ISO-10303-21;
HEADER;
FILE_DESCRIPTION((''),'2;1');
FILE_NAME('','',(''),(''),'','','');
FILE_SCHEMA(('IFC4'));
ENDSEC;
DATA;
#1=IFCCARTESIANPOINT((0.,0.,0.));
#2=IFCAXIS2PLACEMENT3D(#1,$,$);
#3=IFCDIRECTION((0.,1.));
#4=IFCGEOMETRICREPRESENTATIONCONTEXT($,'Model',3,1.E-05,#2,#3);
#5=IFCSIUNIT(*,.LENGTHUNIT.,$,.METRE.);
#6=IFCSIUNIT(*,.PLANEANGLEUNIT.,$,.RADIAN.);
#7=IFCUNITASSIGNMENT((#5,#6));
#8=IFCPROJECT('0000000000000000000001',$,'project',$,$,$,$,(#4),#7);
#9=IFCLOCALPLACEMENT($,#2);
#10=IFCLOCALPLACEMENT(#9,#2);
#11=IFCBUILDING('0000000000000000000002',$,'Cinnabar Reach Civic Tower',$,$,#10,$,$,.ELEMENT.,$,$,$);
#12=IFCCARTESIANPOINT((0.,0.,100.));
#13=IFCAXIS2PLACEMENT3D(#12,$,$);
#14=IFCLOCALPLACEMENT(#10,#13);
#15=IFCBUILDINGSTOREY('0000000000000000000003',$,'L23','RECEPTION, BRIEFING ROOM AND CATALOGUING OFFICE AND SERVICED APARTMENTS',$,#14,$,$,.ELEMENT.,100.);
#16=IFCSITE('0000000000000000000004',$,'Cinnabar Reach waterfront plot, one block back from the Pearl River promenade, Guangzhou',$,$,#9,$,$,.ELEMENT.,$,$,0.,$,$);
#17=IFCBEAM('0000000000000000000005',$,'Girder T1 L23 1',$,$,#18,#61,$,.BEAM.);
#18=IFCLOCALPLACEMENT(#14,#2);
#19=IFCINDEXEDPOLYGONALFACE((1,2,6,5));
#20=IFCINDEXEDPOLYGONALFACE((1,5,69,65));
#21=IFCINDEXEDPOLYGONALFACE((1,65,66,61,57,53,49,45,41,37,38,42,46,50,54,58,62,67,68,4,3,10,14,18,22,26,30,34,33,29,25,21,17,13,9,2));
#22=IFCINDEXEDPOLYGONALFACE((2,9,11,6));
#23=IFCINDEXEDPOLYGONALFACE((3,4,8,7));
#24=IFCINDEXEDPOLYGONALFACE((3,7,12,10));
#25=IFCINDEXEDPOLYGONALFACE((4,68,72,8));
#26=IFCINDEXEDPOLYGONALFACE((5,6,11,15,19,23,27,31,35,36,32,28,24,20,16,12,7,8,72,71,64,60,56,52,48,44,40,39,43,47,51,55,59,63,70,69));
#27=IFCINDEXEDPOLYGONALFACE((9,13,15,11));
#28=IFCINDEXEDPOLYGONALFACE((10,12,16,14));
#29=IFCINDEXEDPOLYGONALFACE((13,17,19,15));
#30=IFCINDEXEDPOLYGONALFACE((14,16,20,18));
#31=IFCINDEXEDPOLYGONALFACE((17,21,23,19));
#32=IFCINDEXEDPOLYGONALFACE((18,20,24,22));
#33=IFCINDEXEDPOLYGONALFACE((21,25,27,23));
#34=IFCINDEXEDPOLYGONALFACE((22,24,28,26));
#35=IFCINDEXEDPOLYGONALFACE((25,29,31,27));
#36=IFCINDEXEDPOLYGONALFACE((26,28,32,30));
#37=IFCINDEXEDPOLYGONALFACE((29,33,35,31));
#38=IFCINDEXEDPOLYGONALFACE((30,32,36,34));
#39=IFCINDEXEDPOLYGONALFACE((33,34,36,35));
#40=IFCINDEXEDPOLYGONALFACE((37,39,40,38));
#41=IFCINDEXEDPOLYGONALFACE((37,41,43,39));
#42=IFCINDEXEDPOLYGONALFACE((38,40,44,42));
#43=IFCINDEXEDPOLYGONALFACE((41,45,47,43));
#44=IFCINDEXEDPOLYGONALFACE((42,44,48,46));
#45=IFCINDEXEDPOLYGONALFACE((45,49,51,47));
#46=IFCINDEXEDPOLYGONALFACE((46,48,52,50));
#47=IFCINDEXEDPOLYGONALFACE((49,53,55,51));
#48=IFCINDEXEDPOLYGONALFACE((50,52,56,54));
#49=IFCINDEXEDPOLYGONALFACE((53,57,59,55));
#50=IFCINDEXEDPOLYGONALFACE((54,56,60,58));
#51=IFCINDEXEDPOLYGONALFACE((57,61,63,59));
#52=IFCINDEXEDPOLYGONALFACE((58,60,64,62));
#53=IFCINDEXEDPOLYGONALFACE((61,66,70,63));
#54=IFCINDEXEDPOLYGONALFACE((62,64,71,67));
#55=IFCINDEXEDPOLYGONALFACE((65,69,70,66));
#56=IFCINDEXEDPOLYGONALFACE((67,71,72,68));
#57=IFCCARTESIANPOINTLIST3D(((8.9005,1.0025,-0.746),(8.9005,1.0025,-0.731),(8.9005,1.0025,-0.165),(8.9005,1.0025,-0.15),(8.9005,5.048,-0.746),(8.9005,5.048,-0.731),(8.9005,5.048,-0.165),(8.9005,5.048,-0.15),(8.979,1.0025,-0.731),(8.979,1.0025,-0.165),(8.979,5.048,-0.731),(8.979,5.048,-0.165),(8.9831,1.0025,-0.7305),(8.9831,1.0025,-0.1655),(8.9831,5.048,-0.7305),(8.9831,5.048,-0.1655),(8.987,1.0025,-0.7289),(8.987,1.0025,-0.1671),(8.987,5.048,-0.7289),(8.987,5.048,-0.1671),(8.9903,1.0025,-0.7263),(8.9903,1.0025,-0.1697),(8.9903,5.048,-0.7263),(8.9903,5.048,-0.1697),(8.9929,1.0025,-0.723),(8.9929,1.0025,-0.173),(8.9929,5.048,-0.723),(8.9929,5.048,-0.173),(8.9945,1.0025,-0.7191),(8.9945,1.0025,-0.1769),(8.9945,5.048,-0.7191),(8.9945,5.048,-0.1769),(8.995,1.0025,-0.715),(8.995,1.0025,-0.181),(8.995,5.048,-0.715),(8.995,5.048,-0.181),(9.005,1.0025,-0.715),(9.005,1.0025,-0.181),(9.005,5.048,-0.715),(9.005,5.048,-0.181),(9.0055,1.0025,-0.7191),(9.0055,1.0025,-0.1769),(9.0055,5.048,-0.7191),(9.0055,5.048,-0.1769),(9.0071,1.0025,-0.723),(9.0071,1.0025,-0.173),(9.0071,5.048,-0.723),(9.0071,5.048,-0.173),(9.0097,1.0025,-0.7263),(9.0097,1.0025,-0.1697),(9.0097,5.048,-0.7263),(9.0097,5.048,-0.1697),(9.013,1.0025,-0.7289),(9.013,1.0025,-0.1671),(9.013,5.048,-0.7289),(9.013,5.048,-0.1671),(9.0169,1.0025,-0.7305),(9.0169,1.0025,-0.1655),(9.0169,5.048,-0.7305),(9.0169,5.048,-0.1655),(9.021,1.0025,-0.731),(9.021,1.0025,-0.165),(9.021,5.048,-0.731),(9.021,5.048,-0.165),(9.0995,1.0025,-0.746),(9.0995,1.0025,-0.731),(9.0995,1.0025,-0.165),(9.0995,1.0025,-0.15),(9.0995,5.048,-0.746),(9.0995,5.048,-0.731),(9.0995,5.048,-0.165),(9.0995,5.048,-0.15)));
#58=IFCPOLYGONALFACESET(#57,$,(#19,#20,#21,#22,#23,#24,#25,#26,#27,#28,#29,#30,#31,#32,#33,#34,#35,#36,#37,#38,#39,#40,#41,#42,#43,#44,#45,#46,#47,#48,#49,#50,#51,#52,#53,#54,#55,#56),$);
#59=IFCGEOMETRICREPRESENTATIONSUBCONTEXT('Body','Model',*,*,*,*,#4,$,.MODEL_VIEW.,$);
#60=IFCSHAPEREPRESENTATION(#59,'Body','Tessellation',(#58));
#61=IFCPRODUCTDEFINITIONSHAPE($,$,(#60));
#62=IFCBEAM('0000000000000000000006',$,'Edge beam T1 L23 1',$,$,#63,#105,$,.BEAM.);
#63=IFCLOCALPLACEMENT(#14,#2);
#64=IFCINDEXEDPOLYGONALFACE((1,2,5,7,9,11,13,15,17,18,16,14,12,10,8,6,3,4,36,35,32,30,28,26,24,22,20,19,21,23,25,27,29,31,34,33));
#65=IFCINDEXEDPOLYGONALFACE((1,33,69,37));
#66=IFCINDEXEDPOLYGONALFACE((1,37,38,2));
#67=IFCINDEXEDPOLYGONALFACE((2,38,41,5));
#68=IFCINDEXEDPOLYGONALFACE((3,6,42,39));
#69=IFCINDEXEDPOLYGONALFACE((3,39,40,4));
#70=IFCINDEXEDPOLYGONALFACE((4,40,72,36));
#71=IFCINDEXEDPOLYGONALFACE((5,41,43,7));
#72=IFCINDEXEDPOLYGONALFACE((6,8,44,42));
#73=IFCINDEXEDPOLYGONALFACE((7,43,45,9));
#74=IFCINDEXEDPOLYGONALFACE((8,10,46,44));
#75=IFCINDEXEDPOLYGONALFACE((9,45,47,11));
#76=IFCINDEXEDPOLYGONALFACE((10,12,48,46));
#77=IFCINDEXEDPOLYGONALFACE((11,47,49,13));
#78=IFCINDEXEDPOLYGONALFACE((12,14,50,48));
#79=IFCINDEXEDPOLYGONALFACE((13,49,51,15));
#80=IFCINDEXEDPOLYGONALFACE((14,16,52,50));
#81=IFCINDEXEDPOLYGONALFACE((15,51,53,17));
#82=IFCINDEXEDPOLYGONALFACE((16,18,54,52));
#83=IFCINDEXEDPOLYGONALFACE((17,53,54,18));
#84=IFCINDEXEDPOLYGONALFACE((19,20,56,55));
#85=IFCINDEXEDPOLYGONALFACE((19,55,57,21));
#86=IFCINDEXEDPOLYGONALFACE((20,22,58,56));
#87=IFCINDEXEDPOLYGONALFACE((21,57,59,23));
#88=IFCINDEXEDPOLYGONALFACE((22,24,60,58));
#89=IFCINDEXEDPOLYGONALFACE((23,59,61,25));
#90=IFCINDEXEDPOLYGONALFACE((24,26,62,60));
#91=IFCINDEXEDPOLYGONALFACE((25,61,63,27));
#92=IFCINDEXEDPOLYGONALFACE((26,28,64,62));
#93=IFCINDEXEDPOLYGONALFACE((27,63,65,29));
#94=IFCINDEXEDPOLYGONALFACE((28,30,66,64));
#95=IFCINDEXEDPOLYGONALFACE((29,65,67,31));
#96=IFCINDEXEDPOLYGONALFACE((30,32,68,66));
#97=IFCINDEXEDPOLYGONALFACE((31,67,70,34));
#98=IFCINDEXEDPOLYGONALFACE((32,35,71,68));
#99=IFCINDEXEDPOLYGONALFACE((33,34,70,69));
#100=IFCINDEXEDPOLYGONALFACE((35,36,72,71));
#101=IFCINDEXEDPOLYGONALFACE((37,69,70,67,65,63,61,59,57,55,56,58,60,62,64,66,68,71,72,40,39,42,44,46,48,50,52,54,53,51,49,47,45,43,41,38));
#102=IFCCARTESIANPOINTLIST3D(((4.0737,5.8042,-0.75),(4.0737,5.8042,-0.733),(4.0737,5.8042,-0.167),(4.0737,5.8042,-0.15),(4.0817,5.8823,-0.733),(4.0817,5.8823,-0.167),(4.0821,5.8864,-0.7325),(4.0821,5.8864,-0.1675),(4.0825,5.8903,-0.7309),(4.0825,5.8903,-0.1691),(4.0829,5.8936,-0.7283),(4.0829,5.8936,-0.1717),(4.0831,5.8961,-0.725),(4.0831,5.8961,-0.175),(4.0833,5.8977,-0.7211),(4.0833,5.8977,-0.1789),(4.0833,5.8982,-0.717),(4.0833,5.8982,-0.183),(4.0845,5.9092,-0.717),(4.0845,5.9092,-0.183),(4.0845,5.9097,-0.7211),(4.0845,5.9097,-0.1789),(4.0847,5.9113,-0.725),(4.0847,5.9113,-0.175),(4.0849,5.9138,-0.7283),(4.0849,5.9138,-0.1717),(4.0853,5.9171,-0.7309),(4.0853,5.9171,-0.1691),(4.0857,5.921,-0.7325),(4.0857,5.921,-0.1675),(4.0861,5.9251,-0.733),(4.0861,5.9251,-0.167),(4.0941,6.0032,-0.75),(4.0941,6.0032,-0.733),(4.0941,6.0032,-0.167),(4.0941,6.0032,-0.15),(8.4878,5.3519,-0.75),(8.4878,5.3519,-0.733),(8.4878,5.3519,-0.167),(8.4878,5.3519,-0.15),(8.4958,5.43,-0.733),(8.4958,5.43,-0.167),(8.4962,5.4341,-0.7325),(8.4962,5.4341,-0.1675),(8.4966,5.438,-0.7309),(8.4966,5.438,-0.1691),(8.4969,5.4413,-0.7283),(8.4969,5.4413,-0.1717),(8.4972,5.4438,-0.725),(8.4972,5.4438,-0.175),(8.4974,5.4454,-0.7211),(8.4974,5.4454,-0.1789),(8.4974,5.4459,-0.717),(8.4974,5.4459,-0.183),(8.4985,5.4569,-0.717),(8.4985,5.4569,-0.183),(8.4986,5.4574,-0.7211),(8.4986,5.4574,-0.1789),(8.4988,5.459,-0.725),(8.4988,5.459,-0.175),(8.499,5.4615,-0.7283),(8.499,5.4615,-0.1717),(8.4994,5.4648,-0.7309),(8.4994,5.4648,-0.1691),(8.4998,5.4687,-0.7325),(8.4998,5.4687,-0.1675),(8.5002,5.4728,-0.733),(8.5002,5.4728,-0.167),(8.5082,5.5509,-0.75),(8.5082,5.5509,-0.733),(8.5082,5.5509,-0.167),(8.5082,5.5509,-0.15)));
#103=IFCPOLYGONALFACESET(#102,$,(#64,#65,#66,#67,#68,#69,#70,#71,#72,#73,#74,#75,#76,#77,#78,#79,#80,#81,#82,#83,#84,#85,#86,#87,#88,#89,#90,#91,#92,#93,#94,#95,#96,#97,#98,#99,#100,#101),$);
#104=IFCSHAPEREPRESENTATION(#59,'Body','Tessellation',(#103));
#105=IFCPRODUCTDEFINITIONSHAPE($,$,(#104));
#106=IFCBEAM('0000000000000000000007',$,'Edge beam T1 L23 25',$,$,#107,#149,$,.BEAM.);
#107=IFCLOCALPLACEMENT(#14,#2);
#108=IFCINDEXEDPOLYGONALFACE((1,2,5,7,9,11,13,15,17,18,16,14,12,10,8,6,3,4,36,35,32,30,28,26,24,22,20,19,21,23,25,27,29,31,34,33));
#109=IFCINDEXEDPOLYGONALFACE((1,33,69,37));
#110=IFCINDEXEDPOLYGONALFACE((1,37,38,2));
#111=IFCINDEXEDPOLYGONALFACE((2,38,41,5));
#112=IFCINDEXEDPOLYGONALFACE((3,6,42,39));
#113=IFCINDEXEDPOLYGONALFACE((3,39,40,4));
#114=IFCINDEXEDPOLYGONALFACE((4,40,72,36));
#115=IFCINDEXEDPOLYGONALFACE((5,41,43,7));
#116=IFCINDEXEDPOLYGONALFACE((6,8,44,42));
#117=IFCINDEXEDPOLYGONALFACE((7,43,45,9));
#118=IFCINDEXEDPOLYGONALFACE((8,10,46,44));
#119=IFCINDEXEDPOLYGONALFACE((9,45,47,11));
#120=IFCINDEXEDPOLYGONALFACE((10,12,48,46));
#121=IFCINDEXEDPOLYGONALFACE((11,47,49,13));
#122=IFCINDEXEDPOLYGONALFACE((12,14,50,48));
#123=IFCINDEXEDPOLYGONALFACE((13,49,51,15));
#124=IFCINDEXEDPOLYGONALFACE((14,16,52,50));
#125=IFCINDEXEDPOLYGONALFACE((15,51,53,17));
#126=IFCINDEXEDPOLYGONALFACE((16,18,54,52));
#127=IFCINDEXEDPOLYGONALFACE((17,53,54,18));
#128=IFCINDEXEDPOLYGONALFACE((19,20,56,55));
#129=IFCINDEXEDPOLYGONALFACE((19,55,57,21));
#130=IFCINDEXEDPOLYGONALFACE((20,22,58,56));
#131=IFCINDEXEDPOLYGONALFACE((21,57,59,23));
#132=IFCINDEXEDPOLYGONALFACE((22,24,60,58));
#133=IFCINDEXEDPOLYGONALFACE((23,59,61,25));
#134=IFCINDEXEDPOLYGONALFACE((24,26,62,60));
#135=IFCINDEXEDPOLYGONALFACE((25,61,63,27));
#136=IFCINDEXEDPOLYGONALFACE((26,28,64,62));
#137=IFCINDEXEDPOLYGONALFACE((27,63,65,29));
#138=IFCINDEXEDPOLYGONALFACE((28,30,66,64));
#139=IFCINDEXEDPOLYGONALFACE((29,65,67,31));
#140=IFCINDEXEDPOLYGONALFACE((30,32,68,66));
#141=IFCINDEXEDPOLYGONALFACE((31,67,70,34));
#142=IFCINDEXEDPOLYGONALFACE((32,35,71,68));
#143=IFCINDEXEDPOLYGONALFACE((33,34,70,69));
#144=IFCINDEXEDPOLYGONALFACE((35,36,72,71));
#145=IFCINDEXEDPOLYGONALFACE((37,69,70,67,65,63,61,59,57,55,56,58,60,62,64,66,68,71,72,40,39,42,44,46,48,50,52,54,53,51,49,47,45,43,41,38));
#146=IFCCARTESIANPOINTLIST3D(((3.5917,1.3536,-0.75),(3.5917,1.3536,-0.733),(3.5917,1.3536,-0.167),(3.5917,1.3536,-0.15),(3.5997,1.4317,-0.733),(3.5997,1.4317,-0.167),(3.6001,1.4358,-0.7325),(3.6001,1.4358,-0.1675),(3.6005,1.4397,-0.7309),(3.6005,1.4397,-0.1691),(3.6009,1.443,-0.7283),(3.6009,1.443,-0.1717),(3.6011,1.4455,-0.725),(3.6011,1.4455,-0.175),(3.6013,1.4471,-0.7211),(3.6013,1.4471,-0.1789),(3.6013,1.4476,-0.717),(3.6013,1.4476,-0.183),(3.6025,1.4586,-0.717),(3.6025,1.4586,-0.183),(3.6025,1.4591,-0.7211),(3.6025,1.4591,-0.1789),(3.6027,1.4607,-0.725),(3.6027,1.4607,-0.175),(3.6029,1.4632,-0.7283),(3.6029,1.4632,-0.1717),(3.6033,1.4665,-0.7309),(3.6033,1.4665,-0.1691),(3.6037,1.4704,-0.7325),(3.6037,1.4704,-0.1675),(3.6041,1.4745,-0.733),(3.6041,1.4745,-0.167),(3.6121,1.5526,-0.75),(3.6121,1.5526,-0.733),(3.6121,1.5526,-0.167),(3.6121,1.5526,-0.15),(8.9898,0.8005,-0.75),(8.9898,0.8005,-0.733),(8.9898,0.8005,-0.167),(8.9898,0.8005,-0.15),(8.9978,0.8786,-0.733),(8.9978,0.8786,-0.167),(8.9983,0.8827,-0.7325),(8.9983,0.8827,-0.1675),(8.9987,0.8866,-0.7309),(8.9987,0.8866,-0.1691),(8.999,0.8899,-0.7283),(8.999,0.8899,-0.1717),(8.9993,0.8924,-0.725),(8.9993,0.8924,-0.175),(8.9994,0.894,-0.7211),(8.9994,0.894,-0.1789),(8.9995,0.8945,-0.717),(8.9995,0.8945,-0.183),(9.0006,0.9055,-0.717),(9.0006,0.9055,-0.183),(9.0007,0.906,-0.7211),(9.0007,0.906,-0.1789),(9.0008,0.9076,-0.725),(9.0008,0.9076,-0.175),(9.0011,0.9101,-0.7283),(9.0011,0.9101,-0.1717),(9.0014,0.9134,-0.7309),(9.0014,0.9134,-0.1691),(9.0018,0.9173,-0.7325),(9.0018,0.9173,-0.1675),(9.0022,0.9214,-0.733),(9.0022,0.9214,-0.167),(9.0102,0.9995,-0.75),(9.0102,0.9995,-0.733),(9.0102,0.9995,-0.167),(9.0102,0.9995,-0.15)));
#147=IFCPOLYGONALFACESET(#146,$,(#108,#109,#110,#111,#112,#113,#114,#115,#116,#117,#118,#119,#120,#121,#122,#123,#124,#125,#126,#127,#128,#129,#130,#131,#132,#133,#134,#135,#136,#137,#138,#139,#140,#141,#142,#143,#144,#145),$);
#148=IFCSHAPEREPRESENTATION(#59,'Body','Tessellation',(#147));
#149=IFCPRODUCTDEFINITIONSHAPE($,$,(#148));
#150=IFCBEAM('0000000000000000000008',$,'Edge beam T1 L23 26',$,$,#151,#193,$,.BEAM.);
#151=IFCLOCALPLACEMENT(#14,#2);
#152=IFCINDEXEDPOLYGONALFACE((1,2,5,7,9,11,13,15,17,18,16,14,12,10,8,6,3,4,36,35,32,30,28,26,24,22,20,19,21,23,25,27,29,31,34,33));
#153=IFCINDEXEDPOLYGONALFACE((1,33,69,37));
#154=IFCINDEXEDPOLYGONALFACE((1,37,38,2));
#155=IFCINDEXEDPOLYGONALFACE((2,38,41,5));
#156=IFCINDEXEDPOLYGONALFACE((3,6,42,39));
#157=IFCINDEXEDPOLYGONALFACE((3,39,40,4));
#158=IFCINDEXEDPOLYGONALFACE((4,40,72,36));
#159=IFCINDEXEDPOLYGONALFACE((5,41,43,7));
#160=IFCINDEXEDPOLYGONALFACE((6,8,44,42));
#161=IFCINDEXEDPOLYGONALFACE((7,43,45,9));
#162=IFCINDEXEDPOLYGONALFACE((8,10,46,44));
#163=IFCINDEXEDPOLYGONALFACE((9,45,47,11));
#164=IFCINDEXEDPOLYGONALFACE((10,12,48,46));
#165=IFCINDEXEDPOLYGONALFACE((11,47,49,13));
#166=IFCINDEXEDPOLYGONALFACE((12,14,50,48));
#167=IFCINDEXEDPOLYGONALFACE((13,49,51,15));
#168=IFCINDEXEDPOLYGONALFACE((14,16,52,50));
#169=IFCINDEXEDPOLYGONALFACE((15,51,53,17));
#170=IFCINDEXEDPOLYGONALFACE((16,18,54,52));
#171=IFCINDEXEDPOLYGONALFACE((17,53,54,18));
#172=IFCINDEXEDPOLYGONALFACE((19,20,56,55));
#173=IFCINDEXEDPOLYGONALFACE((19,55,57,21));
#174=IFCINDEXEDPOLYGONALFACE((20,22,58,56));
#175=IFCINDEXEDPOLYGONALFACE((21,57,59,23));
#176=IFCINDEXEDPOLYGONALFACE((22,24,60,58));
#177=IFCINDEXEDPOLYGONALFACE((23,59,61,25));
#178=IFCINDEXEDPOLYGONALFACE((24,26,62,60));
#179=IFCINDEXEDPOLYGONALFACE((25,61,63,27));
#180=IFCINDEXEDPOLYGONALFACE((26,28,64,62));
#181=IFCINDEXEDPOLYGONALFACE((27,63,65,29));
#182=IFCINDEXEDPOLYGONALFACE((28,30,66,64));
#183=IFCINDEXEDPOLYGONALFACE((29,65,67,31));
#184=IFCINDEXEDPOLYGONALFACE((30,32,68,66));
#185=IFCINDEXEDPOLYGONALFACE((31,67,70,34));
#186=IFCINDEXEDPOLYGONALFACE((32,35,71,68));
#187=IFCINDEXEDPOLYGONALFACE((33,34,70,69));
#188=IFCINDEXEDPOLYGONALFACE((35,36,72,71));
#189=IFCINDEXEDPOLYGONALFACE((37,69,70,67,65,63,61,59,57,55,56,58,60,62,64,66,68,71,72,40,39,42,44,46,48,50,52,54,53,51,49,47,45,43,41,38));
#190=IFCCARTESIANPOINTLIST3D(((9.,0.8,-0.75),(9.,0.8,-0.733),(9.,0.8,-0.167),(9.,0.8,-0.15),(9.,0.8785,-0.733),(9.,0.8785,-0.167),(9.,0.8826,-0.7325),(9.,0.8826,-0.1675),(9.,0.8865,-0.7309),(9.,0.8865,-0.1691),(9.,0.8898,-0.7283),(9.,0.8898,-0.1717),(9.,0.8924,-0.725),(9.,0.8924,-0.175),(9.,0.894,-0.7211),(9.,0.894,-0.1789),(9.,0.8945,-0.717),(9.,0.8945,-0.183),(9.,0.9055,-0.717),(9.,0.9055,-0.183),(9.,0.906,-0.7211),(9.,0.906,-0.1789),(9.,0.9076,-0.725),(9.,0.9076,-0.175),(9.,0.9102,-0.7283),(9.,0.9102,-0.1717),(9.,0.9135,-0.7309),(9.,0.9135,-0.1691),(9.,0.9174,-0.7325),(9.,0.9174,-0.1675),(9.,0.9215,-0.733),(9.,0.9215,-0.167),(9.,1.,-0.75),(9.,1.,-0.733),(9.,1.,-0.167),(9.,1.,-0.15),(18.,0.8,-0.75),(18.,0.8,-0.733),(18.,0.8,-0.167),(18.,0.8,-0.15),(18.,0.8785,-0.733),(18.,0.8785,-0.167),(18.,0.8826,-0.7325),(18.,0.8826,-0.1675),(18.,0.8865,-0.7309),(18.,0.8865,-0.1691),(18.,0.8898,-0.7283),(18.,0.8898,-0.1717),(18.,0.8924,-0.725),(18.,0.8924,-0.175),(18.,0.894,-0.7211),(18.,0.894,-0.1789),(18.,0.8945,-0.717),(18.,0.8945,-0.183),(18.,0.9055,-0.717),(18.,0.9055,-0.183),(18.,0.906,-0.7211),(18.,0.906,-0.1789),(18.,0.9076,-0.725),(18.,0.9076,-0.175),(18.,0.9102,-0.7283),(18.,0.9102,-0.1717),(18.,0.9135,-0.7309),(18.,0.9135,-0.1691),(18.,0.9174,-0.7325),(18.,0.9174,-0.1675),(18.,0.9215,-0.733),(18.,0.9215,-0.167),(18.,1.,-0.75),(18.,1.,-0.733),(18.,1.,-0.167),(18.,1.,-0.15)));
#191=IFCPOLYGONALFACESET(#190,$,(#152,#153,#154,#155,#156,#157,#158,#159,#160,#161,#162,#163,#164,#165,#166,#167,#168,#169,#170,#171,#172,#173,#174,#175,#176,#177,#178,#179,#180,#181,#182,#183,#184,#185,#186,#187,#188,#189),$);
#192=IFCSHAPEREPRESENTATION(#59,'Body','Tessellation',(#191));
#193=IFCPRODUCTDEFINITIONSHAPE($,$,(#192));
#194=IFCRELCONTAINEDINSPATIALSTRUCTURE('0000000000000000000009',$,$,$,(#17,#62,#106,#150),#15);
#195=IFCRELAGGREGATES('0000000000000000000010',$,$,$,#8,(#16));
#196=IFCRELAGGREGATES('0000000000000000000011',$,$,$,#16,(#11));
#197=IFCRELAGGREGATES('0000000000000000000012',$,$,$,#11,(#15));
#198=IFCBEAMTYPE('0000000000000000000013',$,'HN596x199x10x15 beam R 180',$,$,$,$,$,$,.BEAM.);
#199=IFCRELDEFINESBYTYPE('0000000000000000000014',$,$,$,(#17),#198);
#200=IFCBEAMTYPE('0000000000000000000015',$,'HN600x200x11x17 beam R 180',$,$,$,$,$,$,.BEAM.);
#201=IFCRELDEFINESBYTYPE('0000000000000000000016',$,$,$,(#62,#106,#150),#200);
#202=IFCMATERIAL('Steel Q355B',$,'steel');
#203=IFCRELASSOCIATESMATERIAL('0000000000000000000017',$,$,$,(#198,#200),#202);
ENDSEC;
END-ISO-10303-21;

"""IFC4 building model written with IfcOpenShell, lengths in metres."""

from ifc_helpers import new_model, si_unit, direction, frame, origin, origin_2d, place, context, subcontext, project, spatial, i_section, extrude, material, material_profile, profile_set, type_object, element, save


model = new_model("IFC4")

# Units and contexts
model_context = context("Model", 3, precision=1e-05, world=origin(), true_north=direction((0.0, 1.0)))
body_context = subcontext(model_context, "Body", "Model", "MODEL_VIEW")
ifc_project = project(units=[si_unit("LENGTHUNIT", "METRE"), si_unit("PLANEANGLEUNIT", "RADIAN")], contexts=[model_context])

# Site, building, storey
site_placement = place(None, origin())
site = spatial("IfcSite", under=ifc_project, at=site_placement, Name="Cinnabar Reach waterfront plot, one block back from the Pearl River promenade, Guangzhou", CompositionType="ELEMENT", RefElevation=0.0)
building_placement = place(site_placement, origin())
building = spatial("IfcBuilding", under=site, at=building_placement, Name="Cinnabar Reach Civic Tower", CompositionType="ELEMENT")
storey_placement = place(building_placement, frame((0.0, 0.0, 100.0)))
storey = spatial("IfcBuildingStorey", under=building, at=storey_placement, Name="L23", Description="RECEPTION, BRIEFING ROOM AND CATALOGUING OFFICE AND SERVICED APARTMENTS", CompositionType="ELEMENT", Elevation=100.0)

# Beams
ifc_material_1 = material(Name="Steel Q355B", Category="steel")
ifc_material_profile_1 = material_profile(ifc_material_1, i_section(OverallWidth=0.199, OverallDepth=0.596, WebThickness=0.01, FlangeThickness=0.015, FilletRadius=0.016, at=origin_2d()), Name="HN596x199x10x15")
ifc_profile_set_1 = profile_set([ifc_material_profile_1], Name="Steel Q355B")
beam_type_1 = type_object("IfcBeamType", Name="HN596x199x10x15 beam R 180", PredefinedType="BEAM", material=ifc_profile_set_1)
beam_1_placement = place(storey_placement, frame((9.0, 1.0025, -0.448), z_axis=(0.0, 1.0, 0.0), x_axis=(-1.0, 0.0, 0.0)))
element("IfcBeam", 1, at=beam_1_placement, inside=storey, type_object=beam_type_1, Name="Girder T1 L23 1", PredefinedType="BEAM", context=body_context, shape_type="SweptSolid", body=[
    extrude(i_section(OverallWidth=0.199, OverallDepth=0.596, WebThickness=0.01, FlangeThickness=0.015, FilletRadius=0.016, at=origin_2d()), origin(), (0.0, 0.0, 1.0), 4.0455),
])
ifc_material_profile_2 = material_profile(ifc_material_1, i_section(OverallWidth=0.2, OverallDepth=0.6, WebThickness=0.011, FlangeThickness=0.017, FilletRadius=0.016, at=origin_2d()), Name="HN600x200x11x17")
ifc_profile_set_2 = profile_set([ifc_material_profile_2], Name="Steel Q355B")
beam_type_2 = type_object("IfcBeamType", Name="HN600x200x11x17 beam R 180", PredefinedType="BEAM", material=ifc_profile_set_2)
beam_2_placement = place(storey_placement, frame((4.0839, 5.9037, -0.45), z_axis=(0.994791, -0.101933, 0.0), x_axis=(0.101933, 0.994791, 0.0)))
element("IfcBeam", 2, at=beam_2_placement, inside=storey, type_object=beam_type_2, Name="Edge beam T1 L23 1", PredefinedType="BEAM", context=body_context, shape_type="SweptSolid", body=[
    extrude(i_section(OverallWidth=0.2, OverallDepth=0.6, WebThickness=0.011, FlangeThickness=0.017, FilletRadius=0.016, at=origin_2d()), origin(), (0.0, 0.0, 1.0), 4.4372),
])
beam_3_placement = place(storey_placement, frame((3.6019, 1.4531, -0.45), z_axis=(0.994792, -0.101928, 0.0), x_axis=(0.101928, 0.994792, 0.0)))
element("IfcBeam", 3, at=beam_3_placement, inside=storey, type_object=beam_type_2, Name="Edge beam T1 L23 25", PredefinedType="BEAM", context=body_context, shape_type="SweptSolid", body=[
    extrude(i_section(OverallWidth=0.2, OverallDepth=0.6, WebThickness=0.011, FlangeThickness=0.017, FilletRadius=0.016, at=origin_2d()), origin(), (0.0, 0.0, 1.0), 5.4264),
])
beam_4_placement = place(storey_placement, frame((9.0, 0.9, -0.45), z_axis=(1.0, 0.0, 0.0), x_axis=(0.0, 1.0, 0.0)))
element("IfcBeam", 4, at=beam_4_placement, inside=storey, type_object=beam_type_2, Name="Edge beam T1 L23 26", PredefinedType="BEAM", context=body_context, shape_type="SweptSolid", body=[
    extrude(i_section(OverallWidth=0.2, OverallDepth=0.6, WebThickness=0.011, FlangeThickness=0.017, FilletRadius=0.016, at=origin_2d()), origin(), (0.0, 0.0, 1.0), 9.0),
])

save(model, "model.ifc")
